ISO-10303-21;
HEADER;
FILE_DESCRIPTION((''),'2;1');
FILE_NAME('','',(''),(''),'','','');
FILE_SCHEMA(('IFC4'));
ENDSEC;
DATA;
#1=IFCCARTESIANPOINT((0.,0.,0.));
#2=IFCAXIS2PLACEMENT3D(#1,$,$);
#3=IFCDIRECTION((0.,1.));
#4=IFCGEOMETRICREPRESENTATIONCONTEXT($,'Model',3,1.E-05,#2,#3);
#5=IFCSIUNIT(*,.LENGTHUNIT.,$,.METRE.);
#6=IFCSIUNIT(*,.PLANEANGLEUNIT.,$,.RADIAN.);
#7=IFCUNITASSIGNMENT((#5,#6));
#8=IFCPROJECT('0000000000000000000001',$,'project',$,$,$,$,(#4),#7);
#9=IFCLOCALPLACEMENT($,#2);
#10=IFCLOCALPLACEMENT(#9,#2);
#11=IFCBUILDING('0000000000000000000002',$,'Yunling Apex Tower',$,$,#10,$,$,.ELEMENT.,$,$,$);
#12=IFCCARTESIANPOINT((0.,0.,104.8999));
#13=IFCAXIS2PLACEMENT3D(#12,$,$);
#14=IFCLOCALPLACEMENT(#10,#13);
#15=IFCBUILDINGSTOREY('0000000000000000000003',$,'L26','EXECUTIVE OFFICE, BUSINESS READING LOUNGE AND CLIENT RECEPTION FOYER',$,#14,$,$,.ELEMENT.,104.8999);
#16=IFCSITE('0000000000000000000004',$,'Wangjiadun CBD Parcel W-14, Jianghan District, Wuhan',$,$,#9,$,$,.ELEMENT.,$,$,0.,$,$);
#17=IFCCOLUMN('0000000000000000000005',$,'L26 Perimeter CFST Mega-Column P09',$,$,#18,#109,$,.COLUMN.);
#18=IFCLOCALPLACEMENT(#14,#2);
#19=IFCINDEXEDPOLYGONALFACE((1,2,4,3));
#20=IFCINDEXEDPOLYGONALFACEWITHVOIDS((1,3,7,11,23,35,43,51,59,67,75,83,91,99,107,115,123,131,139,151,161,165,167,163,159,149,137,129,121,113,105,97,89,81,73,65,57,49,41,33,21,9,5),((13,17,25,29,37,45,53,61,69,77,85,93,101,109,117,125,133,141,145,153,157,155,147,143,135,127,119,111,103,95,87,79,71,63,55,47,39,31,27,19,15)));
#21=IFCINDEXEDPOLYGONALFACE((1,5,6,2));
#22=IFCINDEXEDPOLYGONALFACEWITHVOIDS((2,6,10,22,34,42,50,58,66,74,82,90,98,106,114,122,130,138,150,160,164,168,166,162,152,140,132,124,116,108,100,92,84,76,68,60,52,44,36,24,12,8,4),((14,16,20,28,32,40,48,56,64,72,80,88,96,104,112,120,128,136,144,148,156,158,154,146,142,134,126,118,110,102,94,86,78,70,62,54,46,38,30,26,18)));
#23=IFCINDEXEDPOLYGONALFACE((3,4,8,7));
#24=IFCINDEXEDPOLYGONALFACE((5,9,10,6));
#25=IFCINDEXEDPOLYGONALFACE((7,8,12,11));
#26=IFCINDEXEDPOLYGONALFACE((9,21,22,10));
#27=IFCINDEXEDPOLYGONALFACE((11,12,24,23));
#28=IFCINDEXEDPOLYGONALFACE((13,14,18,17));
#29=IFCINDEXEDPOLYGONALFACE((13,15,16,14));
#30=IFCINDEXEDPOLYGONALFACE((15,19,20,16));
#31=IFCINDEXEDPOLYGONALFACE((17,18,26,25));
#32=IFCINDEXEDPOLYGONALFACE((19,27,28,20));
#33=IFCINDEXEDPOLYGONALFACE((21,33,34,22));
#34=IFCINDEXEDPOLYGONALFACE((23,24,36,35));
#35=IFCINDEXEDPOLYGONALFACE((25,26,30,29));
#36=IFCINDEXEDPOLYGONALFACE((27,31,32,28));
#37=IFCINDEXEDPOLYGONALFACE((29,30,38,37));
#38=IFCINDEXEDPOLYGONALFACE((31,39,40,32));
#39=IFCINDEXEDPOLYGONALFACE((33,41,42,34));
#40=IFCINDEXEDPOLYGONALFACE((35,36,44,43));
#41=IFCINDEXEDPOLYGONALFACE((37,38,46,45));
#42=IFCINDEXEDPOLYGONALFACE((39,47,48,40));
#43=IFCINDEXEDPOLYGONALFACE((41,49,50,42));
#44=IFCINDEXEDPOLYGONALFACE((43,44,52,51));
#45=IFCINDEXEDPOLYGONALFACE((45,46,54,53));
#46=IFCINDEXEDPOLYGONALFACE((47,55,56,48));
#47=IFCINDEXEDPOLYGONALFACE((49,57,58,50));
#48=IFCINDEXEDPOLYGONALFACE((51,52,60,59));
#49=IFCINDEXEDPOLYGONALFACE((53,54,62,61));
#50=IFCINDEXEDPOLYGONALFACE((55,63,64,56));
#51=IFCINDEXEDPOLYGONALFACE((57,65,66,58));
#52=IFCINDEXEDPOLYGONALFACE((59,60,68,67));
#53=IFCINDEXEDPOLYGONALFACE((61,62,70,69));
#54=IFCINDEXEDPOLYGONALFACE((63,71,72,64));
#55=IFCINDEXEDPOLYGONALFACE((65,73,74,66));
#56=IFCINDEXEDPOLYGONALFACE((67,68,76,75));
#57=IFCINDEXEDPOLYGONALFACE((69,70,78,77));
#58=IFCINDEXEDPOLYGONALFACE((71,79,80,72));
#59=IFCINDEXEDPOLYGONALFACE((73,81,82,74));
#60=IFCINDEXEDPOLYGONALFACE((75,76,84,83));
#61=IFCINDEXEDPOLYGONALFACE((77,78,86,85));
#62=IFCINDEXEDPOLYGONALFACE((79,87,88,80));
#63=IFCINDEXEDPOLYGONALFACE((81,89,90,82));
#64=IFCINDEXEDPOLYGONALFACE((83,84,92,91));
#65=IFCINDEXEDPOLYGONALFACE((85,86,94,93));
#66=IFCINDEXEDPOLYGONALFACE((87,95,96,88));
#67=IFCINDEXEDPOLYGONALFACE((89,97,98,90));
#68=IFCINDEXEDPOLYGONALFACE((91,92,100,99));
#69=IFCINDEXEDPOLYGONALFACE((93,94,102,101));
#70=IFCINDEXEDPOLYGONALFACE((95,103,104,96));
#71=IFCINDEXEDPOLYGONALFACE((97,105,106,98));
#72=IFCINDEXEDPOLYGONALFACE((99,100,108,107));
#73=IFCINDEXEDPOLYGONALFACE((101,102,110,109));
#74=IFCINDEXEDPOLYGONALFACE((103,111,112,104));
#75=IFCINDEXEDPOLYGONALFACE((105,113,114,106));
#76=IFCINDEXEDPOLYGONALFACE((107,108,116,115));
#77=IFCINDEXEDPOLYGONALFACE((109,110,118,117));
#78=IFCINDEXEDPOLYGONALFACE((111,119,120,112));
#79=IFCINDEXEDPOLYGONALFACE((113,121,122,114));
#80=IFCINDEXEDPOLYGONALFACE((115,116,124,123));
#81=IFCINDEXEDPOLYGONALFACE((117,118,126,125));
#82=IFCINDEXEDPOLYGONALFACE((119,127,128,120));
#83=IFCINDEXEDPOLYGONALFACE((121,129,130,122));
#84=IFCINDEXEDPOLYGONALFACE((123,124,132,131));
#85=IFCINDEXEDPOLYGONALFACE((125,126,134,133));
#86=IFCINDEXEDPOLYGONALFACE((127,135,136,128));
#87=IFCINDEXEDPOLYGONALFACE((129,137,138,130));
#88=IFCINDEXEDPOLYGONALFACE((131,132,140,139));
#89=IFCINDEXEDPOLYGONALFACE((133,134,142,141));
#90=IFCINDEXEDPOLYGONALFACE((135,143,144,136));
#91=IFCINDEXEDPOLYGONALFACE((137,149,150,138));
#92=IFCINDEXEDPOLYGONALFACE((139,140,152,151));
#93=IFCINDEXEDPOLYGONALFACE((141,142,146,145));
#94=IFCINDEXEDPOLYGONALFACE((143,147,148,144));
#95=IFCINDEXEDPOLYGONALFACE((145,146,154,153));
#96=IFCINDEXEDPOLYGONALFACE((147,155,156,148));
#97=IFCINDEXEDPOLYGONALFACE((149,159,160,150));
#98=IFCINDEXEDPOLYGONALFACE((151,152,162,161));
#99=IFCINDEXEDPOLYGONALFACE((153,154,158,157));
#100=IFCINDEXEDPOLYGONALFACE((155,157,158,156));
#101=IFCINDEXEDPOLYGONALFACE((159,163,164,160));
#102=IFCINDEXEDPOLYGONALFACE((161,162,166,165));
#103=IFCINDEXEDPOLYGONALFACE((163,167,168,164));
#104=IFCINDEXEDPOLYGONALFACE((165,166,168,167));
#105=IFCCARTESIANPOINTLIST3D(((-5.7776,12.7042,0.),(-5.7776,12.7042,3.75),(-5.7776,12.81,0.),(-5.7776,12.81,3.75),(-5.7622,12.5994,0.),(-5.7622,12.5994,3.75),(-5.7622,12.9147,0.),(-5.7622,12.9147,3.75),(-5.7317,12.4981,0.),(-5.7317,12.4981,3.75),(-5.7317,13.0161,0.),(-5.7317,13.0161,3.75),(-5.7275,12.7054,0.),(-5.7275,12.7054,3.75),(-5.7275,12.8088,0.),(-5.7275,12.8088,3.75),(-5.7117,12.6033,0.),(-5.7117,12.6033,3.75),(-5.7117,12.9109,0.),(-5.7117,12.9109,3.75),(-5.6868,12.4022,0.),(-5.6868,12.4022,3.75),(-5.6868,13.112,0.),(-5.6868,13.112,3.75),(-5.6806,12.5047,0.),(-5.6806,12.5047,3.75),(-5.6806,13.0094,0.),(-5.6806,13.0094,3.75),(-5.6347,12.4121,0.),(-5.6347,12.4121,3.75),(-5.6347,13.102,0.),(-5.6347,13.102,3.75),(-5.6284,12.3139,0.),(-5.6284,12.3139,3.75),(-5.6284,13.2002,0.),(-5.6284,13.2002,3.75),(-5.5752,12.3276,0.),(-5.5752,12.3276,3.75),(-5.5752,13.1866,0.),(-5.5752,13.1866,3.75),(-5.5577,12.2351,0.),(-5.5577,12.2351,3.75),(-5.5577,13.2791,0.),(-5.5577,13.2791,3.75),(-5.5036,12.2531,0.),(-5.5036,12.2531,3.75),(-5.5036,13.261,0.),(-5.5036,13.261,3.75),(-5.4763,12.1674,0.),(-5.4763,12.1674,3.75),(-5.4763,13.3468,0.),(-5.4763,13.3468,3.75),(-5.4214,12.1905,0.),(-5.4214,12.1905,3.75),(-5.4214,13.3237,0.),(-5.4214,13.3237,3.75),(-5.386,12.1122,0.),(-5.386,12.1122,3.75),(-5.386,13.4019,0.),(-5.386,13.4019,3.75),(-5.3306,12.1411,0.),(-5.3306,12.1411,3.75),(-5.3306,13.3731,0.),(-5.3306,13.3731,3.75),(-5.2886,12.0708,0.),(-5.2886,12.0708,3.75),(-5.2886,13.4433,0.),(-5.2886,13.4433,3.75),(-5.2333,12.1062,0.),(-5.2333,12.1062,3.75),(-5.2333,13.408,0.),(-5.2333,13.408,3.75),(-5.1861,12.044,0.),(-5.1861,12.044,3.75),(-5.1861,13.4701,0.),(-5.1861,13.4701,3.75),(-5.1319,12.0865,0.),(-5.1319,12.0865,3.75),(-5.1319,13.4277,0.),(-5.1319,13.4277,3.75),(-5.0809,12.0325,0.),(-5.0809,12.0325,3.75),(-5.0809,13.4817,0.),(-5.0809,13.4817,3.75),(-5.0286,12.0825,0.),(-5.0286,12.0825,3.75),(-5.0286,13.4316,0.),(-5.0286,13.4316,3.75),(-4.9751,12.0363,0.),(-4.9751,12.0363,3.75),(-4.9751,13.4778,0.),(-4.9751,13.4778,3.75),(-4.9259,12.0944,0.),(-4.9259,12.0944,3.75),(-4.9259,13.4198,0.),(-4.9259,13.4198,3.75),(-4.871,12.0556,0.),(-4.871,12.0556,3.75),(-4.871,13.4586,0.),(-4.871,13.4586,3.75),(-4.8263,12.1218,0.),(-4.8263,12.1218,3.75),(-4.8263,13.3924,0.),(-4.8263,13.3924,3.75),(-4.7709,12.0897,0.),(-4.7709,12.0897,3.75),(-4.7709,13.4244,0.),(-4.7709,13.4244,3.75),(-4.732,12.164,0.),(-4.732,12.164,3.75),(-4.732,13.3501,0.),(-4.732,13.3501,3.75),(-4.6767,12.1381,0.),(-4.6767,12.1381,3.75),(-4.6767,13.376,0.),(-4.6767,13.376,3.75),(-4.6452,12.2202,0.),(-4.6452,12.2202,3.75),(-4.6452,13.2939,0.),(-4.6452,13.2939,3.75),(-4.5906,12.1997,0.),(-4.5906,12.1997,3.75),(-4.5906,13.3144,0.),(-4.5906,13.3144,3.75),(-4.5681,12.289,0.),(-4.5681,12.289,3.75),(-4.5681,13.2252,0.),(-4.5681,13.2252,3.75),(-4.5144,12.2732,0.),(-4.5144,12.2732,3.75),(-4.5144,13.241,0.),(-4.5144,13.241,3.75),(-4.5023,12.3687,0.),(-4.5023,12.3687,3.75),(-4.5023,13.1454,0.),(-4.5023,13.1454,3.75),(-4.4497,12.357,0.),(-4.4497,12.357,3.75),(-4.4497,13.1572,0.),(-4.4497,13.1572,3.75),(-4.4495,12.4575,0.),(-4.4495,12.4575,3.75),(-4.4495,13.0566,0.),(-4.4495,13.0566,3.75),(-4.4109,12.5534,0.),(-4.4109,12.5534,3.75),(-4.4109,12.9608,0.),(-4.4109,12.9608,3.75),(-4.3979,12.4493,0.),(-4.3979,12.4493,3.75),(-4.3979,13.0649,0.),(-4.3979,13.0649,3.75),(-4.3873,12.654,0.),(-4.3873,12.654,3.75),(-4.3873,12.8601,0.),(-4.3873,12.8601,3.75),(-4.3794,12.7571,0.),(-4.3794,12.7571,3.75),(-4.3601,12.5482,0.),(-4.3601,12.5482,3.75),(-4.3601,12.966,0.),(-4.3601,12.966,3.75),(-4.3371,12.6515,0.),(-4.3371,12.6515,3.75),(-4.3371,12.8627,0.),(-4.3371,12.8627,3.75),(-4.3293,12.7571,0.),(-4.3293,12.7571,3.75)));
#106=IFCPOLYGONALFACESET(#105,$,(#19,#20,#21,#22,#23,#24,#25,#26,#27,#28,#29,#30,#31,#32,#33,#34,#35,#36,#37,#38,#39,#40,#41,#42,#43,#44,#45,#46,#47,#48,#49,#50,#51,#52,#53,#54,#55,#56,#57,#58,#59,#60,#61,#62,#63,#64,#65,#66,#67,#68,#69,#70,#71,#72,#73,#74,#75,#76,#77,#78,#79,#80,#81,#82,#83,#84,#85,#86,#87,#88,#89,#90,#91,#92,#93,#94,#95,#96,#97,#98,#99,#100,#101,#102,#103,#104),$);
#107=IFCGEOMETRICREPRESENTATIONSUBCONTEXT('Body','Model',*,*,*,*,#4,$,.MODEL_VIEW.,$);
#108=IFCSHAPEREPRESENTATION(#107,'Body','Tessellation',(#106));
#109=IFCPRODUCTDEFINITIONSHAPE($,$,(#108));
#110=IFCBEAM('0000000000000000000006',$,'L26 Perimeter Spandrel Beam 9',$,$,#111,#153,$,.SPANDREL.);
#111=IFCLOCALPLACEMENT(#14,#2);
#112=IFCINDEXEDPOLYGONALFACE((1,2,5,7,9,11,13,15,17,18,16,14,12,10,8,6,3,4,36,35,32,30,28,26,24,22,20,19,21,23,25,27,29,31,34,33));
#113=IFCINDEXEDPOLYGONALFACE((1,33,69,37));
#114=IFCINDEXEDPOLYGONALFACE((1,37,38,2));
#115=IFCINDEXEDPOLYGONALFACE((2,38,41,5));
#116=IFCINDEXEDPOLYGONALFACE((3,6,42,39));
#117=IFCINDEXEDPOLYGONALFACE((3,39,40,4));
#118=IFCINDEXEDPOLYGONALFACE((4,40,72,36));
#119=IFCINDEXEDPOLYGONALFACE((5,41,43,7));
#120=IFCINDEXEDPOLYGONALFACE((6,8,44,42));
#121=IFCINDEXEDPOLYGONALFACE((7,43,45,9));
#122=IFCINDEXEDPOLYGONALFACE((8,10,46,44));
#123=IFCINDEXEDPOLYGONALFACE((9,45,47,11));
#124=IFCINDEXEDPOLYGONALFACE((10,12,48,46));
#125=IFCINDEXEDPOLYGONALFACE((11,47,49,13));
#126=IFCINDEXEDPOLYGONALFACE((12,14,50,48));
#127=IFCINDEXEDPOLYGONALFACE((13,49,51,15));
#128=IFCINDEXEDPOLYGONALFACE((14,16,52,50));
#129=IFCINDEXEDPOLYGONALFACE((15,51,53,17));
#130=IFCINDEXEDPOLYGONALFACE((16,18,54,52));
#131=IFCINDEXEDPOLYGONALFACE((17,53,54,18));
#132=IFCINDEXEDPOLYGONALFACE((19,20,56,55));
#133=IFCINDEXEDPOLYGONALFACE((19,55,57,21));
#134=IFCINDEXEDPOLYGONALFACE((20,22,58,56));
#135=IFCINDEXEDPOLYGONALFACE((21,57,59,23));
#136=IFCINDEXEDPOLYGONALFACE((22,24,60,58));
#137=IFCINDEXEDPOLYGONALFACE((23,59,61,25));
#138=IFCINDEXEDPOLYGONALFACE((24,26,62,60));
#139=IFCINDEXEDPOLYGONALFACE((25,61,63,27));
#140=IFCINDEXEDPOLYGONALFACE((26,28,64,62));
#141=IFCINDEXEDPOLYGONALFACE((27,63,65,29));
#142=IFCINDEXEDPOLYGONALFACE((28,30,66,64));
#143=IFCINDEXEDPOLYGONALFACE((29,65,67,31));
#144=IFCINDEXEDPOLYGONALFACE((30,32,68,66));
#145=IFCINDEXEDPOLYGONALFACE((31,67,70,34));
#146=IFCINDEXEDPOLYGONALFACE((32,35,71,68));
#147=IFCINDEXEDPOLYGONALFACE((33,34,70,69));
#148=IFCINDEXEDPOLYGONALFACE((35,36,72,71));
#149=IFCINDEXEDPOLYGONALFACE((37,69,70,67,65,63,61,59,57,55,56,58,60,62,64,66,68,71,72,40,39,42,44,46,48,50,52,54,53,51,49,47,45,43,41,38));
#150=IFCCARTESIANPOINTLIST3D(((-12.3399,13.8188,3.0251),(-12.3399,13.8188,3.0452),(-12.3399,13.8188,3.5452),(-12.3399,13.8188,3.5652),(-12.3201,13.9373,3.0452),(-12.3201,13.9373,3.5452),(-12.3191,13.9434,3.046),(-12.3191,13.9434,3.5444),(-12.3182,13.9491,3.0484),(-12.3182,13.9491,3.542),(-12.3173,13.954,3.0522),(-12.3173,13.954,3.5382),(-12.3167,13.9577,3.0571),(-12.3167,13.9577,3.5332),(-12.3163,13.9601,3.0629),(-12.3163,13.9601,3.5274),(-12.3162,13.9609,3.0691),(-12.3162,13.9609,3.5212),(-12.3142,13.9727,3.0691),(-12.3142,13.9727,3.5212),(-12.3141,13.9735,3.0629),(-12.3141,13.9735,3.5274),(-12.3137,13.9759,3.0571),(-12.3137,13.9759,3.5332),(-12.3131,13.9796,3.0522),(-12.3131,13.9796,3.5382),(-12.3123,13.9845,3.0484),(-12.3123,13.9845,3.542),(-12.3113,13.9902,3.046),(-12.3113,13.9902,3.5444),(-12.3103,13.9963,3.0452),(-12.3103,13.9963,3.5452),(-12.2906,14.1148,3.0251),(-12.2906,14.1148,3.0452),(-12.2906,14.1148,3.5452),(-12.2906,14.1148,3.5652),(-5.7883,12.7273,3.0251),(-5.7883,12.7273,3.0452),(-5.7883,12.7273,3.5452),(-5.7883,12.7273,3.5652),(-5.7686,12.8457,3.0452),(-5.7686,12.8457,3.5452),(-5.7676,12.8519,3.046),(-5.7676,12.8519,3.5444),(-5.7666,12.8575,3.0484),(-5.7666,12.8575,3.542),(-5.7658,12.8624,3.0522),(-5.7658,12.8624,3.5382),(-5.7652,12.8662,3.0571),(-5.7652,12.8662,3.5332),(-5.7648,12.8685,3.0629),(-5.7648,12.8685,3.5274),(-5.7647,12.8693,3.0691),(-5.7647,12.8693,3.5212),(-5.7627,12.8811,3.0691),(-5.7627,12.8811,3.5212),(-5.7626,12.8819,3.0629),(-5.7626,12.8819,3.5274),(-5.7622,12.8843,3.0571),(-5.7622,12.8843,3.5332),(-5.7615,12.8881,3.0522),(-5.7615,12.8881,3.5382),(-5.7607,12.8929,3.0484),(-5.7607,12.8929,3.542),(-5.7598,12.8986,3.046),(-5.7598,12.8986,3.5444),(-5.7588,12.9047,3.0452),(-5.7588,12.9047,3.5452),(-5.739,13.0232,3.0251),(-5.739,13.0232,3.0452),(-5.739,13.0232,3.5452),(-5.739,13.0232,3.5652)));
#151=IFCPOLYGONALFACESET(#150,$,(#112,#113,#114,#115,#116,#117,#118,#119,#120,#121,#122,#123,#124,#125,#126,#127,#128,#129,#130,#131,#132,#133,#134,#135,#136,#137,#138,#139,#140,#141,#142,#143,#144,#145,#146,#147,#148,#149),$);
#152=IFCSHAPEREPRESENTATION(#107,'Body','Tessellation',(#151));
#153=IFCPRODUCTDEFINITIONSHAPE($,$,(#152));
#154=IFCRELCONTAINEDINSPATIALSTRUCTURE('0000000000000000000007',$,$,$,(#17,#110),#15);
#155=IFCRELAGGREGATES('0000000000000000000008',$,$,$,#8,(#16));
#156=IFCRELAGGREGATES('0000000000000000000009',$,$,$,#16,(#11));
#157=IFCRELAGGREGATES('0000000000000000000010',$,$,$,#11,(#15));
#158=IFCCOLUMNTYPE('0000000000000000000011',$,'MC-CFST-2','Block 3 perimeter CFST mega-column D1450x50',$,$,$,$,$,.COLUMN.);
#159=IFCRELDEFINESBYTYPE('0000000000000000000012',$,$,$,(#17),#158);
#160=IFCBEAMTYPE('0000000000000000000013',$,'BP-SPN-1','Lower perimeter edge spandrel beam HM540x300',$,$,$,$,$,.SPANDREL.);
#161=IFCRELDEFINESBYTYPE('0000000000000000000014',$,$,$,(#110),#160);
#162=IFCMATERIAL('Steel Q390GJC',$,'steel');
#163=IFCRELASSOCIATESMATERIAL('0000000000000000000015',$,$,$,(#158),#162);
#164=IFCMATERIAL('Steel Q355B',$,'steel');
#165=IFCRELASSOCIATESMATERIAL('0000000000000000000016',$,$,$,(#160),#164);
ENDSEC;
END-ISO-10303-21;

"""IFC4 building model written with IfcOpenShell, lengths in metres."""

from ifc_helpers import new_model, si_unit, direction, frame, origin, origin_2d, place, context, subcontext, project, spatial, hollow_circle, i_section, extrude, source, transform, mapped, material, material_profile, profile_set, type_object, element, save


model = new_model("IFC4")

# Units and contexts
model_context = context("Model", 3, precision=1e-05, world=origin(), true_north=direction((0.0, 1.0)))
body_context = subcontext(model_context, "Body", "Model", "MODEL_VIEW")
ifc_project = project(units=[si_unit("LENGTHUNIT", "METRE"), si_unit("PLANEANGLEUNIT", "RADIAN")], contexts=[model_context])

# Site, building, storey
site_placement = place(None, origin())
site = spatial("IfcSite", under=ifc_project, at=site_placement, Name="Wangjiadun CBD Parcel W-14, Jianghan District, Wuhan", CompositionType="ELEMENT", RefElevation=0.0)
building_placement = place(site_placement, origin())
building = spatial("IfcBuilding", under=site, at=building_placement, Name="Yunling Apex Tower", CompositionType="ELEMENT")
storey_placement = place(building_placement, frame((0.0, 0.0, 104.8999)))
storey = spatial("IfcBuildingStorey", under=building, at=storey_placement, Name="L26", Description="EXECUTIVE OFFICE, BUSINESS READING LOUNGE AND CLIENT RECEPTION FOYER", CompositionType="ELEMENT", Elevation=104.8999)

# Column
ifc_material_1 = material(Name="Steel Q390GJC", Category="steel")
ifc_material_profile_1 = material_profile(ifc_material_1, hollow_circle(Radius=0.7251, WallThickness=0.05, at=origin_2d()))
ifc_profile_set_1 = profile_set([ifc_material_profile_1], Name="Steel Q390GJC")
column_type = type_object("IfcColumnType", Name="MC-CFST-2", Description="Block 3 perimeter CFST mega-column D1450x50", PredefinedType="COLUMN", material=ifc_profile_set_1)
shared_shape_1 = source(origin(), body_context, "Body", "SweptSolid", [
    extrude(hollow_circle(Radius=0.7251, WallThickness=0.05, at=origin_2d()), origin(), (0.0, 0.0, 1.0), 3.75),
])
column_placement = place(storey_placement, frame((-5.0544, 12.7571, 0.0), z_axis=(0.0, 0.0, 1.0), x_axis=(1.0, 0.0, 0.0)))
element("IfcColumn", 1, at=column_placement, inside=storey, type_object=column_type, Name="L26 Perimeter CFST Mega-Column P09", PredefinedType="COLUMN", context=body_context, shape_type="MappedRepresentation", body=[
    mapped(shared_shape_1, transform((0.0, 0.0, 0.0), scale=1.0)),
])

# Beam
ifc_material_2 = material(Name="Steel Q355B", Category="steel")
ifc_material_profile_2 = material_profile(ifc_material_2, i_section(OverallWidth=0.3, OverallDepth=0.54, WebThickness=0.012, FlangeThickness=0.02, FilletRadius=0.0239, at=origin_2d()))
ifc_profile_set_2 = profile_set([ifc_material_profile_2], Name="Steel Q355B")
beam_type_1 = type_object("IfcBeamType", Name="BP-SPN-1", Description="Lower perimeter edge spandrel beam HM540x300", PredefinedType="SPANDREL", material=ifc_profile_set_2)
shared_shape_2 = source(origin(), body_context, "Body", "SweptSolid", [
    extrude(i_section(OverallWidth=0.3, OverallDepth=0.54, WebThickness=0.012, FlangeThickness=0.02, FilletRadius=0.0239, at=origin_2d()), origin(), (0.0, 0.0, 1.0), 6.6418),
])
beam_1_placement = place(storey_placement, frame((-5.7637, 12.8752, 3.2952), z_axis=(-0.986403, 0.164345, 0.0), x_axis=(-0.164345, -0.986403, 0.0)))
element("IfcBeam", 2, at=beam_1_placement, inside=storey, type_object=beam_type_1, Name="L26 Perimeter Spandrel Beam 9", PredefinedType="SPANDREL", context=body_context, shape_type="MappedRepresentation", body=[
    mapped(shared_shape_2, transform((0.0, 0.0, 0.0), scale=1.0)),
])

save(model, "model.ifc")
